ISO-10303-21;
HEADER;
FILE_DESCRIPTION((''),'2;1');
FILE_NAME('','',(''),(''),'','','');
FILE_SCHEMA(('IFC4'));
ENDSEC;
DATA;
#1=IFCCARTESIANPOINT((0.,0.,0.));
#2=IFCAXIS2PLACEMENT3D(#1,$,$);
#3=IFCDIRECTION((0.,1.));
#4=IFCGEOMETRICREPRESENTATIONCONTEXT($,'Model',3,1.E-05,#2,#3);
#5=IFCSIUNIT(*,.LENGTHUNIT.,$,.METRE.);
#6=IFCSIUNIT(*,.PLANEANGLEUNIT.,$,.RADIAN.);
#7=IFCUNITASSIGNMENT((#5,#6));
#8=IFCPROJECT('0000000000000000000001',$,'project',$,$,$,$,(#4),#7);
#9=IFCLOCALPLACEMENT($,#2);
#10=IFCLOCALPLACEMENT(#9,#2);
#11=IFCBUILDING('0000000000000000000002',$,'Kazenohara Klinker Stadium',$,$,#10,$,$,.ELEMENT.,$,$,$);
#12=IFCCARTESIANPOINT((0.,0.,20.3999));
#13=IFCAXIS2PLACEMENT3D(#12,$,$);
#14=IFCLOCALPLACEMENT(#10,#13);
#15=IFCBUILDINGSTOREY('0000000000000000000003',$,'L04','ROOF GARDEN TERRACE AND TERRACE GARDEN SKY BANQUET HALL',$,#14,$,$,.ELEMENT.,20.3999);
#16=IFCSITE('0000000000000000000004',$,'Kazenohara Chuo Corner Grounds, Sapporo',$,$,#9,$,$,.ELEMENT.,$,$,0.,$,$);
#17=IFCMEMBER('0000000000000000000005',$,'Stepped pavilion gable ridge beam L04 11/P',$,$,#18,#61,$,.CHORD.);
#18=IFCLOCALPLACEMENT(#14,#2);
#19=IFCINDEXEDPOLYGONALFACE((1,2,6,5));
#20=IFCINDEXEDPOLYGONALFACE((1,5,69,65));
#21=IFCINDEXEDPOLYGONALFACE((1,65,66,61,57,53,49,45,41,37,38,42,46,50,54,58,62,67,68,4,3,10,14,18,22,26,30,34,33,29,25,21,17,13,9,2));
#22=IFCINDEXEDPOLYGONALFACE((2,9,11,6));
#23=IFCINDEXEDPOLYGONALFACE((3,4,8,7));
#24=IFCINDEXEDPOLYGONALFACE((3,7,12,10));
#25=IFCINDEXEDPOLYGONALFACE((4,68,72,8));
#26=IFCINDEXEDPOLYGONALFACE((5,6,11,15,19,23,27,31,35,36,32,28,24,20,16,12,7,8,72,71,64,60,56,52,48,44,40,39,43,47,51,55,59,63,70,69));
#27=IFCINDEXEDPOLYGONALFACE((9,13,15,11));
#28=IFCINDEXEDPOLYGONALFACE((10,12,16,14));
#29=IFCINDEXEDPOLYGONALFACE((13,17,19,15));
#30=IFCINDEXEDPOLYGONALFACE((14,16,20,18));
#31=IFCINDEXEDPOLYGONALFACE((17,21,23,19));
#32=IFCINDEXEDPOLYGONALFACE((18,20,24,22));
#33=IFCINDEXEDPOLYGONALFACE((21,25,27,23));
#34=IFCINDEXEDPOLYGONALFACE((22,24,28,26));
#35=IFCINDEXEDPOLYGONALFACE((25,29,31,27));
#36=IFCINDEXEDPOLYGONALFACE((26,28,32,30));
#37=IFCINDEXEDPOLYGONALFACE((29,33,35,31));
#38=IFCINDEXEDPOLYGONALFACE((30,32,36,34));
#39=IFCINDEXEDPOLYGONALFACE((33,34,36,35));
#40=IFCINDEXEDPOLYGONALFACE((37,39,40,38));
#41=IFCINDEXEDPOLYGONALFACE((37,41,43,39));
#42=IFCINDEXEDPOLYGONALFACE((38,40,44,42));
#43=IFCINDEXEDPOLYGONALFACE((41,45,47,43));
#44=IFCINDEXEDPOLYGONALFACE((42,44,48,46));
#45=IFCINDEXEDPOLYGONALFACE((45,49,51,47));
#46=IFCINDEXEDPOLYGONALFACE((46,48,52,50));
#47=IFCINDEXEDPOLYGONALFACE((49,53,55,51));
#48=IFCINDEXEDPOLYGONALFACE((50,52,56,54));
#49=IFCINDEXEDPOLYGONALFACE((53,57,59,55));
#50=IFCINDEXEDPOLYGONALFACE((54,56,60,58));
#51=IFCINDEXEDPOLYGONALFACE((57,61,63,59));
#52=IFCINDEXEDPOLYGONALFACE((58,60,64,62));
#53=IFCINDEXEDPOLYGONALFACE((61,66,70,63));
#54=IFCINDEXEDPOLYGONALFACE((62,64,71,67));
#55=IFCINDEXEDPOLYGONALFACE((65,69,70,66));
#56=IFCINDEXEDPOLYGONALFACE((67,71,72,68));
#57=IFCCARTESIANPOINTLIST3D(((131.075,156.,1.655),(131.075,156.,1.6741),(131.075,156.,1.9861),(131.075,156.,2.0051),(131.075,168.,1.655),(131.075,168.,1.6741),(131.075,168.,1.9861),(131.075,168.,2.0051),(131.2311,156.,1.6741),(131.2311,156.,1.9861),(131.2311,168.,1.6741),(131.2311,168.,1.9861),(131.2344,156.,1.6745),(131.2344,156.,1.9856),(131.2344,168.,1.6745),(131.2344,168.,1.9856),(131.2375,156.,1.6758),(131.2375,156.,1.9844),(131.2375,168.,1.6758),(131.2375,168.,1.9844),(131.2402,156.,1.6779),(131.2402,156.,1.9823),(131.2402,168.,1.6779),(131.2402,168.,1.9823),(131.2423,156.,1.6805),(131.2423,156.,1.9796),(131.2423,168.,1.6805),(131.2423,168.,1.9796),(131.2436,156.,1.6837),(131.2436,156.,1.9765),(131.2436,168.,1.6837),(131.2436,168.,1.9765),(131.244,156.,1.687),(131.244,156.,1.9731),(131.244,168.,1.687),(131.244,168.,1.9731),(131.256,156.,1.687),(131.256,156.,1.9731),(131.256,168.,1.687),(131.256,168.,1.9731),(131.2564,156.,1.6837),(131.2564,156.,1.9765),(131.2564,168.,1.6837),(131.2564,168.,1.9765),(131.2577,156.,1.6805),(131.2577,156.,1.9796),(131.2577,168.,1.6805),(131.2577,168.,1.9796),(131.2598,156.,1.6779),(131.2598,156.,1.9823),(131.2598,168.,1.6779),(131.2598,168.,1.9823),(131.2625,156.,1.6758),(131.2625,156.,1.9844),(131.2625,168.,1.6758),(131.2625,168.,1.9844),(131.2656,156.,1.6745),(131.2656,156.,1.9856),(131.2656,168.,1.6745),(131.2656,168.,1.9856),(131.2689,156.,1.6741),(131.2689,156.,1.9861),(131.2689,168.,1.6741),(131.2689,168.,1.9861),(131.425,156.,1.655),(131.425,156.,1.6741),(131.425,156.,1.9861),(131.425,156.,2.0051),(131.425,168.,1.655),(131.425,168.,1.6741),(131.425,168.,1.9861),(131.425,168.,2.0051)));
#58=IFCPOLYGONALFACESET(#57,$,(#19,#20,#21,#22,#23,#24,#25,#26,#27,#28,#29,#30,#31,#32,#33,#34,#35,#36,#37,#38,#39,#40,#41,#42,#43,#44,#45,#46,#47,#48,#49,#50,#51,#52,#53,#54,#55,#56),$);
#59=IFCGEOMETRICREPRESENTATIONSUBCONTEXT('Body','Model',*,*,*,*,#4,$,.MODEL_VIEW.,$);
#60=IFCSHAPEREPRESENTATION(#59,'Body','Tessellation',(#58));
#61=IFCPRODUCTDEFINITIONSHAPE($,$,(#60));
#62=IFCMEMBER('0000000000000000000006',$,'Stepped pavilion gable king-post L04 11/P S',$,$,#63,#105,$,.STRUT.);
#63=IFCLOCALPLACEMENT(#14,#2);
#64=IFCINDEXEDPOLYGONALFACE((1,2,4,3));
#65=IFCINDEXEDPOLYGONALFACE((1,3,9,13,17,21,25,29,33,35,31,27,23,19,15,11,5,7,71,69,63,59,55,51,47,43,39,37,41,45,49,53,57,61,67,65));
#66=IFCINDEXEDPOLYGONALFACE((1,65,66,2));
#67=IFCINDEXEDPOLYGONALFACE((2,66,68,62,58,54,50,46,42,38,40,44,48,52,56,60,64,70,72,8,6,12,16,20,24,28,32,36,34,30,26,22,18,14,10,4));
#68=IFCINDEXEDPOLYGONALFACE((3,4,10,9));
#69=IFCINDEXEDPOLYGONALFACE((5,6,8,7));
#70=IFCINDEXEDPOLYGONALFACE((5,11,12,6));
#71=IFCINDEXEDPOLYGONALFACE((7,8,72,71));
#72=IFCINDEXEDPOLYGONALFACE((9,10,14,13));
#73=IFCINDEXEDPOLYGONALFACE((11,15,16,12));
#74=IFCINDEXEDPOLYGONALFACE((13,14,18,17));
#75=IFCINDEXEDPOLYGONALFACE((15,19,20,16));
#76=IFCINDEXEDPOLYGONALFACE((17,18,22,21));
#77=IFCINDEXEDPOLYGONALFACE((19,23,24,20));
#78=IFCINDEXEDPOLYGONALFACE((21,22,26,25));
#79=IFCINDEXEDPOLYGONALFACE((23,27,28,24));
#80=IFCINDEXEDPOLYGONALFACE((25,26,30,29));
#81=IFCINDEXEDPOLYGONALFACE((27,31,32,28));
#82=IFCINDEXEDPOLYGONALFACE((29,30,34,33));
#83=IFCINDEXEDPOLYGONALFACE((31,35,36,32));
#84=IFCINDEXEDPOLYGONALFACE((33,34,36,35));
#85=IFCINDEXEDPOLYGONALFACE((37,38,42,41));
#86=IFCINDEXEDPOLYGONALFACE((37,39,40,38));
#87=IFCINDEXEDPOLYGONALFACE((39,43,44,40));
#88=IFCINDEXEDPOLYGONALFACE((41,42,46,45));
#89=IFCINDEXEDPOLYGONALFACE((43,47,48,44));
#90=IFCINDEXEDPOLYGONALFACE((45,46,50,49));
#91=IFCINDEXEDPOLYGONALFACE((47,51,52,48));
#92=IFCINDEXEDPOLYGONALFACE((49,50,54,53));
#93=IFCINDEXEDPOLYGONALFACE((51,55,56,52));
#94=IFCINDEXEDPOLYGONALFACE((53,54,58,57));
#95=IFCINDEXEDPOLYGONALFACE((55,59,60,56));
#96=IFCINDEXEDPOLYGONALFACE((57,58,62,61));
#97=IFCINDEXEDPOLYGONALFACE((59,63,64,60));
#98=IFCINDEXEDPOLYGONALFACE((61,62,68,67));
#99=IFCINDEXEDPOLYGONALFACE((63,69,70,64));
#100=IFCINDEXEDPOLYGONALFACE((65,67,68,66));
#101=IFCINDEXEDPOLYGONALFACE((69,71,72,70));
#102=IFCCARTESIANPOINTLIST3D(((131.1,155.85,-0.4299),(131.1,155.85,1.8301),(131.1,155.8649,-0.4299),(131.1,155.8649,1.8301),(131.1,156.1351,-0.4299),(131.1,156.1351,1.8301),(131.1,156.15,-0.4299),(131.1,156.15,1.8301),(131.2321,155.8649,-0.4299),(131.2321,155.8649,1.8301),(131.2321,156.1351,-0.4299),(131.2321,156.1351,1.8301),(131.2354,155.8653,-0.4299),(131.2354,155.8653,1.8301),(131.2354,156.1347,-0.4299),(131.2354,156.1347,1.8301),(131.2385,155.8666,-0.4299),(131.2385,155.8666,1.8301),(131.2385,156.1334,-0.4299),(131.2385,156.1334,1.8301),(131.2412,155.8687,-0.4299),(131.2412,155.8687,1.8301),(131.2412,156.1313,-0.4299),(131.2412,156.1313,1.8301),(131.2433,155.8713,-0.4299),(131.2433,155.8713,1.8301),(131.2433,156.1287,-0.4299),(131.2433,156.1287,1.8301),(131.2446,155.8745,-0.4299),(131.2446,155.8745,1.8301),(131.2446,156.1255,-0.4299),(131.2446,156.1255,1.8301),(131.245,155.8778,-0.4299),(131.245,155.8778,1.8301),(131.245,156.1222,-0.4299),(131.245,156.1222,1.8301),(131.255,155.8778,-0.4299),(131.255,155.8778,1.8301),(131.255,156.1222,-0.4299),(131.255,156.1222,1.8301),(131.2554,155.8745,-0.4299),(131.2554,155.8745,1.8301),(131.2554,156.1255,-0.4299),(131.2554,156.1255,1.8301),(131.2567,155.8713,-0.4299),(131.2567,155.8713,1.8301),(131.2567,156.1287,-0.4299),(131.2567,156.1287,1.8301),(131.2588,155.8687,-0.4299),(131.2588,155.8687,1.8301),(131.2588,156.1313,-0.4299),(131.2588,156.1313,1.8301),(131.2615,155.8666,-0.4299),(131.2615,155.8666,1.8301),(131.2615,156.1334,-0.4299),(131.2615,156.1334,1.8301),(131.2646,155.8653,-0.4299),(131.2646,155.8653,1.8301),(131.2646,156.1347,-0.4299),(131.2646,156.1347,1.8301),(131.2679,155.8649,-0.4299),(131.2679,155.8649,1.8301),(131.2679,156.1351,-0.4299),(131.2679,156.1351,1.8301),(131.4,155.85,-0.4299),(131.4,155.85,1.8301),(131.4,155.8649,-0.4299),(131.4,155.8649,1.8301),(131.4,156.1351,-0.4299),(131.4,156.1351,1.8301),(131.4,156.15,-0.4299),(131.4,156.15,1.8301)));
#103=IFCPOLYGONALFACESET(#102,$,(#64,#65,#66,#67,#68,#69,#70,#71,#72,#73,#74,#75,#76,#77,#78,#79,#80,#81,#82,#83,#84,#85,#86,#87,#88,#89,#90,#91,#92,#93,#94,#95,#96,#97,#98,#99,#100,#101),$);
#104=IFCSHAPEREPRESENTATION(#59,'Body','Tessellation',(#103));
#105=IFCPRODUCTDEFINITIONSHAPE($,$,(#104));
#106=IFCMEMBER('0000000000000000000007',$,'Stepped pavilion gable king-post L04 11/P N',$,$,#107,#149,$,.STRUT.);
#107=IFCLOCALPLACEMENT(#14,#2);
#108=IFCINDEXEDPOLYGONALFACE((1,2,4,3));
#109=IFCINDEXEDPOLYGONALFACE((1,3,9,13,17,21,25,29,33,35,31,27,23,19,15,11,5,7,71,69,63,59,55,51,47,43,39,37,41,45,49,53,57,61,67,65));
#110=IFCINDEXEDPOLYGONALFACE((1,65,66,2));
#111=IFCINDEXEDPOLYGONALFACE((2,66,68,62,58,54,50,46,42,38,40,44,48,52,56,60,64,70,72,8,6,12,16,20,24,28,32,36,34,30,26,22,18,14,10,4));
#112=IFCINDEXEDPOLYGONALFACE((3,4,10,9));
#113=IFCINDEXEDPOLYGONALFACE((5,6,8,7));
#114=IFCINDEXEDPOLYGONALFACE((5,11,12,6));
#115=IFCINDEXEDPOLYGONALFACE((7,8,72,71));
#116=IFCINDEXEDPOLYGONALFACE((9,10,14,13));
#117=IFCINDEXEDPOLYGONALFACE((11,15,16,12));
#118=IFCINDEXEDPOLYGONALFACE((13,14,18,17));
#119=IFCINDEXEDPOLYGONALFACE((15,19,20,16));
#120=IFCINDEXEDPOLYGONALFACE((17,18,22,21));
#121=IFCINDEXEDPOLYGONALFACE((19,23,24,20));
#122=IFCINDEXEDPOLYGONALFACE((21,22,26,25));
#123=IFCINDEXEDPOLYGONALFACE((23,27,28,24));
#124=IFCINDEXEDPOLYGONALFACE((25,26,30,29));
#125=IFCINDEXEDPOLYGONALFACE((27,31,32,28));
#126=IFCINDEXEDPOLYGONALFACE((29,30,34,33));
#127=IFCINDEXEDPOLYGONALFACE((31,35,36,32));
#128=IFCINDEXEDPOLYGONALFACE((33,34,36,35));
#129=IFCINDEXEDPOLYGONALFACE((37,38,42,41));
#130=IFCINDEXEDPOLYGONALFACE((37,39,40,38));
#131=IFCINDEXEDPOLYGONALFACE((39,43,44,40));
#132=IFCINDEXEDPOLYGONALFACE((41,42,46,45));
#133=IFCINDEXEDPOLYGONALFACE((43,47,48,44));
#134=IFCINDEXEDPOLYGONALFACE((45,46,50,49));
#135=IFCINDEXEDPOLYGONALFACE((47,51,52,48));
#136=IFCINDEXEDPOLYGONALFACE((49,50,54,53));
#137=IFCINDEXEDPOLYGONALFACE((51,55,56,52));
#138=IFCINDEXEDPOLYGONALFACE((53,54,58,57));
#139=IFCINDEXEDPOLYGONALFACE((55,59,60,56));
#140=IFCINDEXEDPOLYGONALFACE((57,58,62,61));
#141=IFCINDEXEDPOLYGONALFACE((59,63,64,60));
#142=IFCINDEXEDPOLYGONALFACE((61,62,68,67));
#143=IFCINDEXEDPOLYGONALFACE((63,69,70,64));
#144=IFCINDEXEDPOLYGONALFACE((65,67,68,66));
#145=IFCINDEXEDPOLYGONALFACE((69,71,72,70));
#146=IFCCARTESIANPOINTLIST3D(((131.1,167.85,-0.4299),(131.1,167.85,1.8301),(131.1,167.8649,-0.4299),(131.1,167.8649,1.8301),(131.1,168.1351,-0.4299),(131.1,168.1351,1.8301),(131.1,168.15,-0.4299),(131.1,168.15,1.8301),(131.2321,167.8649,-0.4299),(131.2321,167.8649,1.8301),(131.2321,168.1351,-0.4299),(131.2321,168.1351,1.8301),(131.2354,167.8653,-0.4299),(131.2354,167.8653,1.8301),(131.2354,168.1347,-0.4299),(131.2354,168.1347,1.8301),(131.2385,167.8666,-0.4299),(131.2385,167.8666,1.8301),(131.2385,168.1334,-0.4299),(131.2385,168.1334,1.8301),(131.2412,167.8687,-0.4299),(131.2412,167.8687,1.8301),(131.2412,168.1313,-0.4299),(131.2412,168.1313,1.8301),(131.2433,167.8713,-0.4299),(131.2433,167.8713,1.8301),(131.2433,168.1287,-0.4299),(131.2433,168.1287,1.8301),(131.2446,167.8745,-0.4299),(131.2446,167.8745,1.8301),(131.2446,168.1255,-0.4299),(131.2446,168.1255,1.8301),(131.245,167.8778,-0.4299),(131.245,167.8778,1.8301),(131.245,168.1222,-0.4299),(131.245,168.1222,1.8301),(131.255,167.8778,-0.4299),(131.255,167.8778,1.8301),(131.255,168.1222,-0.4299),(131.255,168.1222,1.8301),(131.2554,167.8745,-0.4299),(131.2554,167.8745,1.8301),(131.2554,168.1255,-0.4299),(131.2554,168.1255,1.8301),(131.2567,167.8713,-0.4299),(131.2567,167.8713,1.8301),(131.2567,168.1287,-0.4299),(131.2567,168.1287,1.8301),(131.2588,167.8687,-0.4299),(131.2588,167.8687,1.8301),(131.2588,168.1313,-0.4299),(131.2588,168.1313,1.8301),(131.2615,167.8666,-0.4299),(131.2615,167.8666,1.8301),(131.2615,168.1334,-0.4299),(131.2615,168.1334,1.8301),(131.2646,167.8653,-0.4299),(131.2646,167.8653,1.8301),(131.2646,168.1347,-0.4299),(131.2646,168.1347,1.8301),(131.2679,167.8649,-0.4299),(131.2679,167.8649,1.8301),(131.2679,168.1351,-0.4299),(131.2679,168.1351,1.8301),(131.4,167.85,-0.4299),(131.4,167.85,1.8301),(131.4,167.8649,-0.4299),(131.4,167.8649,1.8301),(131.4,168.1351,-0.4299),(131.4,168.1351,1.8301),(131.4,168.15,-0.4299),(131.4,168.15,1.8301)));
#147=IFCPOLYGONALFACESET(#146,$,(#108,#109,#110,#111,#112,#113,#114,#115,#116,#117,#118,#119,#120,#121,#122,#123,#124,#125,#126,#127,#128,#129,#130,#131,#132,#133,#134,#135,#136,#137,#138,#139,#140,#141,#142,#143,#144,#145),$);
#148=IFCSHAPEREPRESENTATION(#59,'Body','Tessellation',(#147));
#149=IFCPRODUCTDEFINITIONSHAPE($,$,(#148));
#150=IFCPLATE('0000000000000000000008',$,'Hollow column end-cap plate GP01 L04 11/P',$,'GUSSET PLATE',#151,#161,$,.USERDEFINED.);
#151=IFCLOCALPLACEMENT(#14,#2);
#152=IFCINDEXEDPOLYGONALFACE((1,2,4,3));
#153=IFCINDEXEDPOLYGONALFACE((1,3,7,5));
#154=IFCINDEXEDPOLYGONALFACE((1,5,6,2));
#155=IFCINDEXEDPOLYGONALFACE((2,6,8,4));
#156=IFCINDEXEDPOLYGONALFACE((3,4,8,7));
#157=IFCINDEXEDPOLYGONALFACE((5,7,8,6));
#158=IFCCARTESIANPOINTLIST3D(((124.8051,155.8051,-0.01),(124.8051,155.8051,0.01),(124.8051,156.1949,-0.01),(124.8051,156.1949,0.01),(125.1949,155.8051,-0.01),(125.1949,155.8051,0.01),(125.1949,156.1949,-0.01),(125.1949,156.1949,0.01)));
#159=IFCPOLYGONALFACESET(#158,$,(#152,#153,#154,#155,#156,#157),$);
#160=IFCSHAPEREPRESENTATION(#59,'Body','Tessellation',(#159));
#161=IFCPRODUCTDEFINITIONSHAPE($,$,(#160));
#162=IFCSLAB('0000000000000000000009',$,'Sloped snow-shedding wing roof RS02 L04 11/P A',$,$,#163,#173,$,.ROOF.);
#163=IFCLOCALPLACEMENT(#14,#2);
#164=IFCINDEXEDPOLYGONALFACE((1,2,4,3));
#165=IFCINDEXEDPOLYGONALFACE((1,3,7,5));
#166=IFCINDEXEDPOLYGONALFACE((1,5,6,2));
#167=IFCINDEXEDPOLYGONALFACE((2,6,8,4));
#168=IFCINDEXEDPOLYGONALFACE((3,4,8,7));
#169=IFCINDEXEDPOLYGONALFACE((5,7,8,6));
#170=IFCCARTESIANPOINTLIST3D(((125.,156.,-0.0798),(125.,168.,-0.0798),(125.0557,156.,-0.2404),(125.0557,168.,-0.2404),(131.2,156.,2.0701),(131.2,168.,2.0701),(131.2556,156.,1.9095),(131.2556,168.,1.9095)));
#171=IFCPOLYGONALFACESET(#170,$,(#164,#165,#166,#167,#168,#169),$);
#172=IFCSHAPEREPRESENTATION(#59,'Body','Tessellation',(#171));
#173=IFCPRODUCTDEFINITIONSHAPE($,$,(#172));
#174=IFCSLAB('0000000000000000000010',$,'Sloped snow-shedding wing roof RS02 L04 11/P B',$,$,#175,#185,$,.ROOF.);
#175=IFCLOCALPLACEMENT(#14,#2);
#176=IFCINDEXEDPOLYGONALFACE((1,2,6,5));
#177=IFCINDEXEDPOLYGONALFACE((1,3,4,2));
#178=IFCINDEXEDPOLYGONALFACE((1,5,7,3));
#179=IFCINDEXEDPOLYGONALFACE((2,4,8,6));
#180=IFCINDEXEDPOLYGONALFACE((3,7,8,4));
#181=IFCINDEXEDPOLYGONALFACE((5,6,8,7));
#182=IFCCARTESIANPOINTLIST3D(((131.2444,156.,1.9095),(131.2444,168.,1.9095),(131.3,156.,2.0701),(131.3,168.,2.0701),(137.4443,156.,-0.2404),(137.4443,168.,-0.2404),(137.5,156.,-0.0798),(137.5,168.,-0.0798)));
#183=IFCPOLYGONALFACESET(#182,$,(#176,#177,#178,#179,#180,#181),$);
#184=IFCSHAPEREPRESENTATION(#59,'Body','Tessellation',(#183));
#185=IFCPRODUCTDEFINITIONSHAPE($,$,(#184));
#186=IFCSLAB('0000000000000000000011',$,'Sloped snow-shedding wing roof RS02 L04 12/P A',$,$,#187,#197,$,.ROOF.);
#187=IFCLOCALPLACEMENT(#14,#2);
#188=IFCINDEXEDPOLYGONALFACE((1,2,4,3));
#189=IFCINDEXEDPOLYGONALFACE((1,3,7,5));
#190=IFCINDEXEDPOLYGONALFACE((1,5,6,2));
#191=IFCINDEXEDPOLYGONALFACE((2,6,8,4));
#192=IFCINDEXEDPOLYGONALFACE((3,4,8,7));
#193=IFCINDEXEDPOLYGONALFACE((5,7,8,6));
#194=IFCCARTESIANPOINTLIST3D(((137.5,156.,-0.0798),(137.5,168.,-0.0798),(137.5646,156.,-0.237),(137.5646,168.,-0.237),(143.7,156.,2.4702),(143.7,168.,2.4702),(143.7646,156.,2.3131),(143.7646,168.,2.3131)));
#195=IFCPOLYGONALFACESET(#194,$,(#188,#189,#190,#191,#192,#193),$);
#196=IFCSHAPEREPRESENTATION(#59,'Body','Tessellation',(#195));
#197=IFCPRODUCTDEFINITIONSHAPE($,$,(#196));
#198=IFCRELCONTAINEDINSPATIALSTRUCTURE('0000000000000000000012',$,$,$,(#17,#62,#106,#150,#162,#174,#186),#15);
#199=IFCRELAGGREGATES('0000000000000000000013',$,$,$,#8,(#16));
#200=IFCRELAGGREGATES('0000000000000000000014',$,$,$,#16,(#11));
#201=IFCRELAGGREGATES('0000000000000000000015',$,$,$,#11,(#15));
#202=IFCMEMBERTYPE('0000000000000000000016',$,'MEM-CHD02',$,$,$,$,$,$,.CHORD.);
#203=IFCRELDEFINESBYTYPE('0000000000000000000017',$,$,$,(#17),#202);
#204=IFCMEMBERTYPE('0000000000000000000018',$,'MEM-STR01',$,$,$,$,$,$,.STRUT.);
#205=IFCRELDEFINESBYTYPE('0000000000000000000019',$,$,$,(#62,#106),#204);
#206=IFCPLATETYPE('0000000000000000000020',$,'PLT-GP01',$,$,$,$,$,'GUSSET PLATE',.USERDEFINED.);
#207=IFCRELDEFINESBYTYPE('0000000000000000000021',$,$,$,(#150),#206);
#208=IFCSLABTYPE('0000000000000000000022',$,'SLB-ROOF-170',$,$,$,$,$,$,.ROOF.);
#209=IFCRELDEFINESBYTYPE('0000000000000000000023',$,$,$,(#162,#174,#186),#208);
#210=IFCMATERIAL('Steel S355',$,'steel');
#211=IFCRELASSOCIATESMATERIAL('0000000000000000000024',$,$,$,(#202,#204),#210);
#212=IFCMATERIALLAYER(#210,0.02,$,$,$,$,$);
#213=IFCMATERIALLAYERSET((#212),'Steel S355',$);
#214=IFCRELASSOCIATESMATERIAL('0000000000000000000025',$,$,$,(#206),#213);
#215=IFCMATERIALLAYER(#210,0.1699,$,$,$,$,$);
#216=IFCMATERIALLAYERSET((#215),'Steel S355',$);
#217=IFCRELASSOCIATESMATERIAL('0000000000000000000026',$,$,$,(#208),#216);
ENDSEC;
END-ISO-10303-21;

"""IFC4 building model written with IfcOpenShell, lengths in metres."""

from ifc_helpers import new_model, si_unit, direction, frame, origin, origin_2d, place, context, subcontext, project, spatial, polyline, rectangle, i_section, outline, extrude, material, layer, layer_set, material_profile, profile_set, type_object, element, save


model = new_model("IFC4")

# Units and contexts
model_context = context("Model", 3, precision=1e-05, world=origin(), true_north=direction((0.0, 1.0)))
body_context = subcontext(model_context, "Body", "Model", "MODEL_VIEW")
ifc_project = project(units=[si_unit("LENGTHUNIT", "METRE"), si_unit("PLANEANGLEUNIT", "RADIAN")], contexts=[model_context])

# Site, building, storey
site_placement = place(None, origin())
site = spatial("IfcSite", under=ifc_project, at=site_placement, Name="Kazenohara Chuo Corner Grounds, Sapporo", CompositionType="ELEMENT", RefElevation=0.0)
building_placement = place(site_placement, origin())
building = spatial("IfcBuilding", under=site, at=building_placement, Name="Kazenohara Klinker Stadium", CompositionType="ELEMENT")
storey_placement = place(building_placement, frame((0.0, 0.0, 20.3999)))
storey = spatial("IfcBuildingStorey", under=building, at=storey_placement, Name="L04", Description="ROOF GARDEN TERRACE AND TERRACE GARDEN SKY BANQUET HALL", CompositionType="ELEMENT", Elevation=20.3999)

# Shared definitions
ifc_material_1 = material(Name="Steel S355", Category="steel")

# Members
ifc_material_profile_1 = material_profile(ifc_material_1, i_section(OverallWidth=0.3501, OverallDepth=0.3501, WebThickness=0.012, FlangeThickness=0.019, FilletRadius=0.0129, at=origin_2d()), Name="H-350x350x12x19")
ifc_profile_set_1 = profile_set([ifc_material_profile_1], Name="Steel S355")
member_type_1 = type_object("IfcMemberType", Name="MEM-CHD02", PredefinedType="CHORD", material=ifc_profile_set_1)
member_placement = place(storey_placement, frame((131.25, 156.0, 1.8301), z_axis=(0.0, 1.0, 0.0), x_axis=(-1.0, 0.0, 0.0)))
element("IfcMember", 1, at=member_placement, inside=storey, type_object=member_type_1, Name="Stepped pavilion gable ridge beam L04 11/P", PredefinedType="CHORD", context=body_context, shape_type="SweptSolid", body=[
    extrude(i_section(OverallWidth=0.3501, OverallDepth=0.3501, WebThickness=0.012, FlangeThickness=0.019, FilletRadius=0.0129, at=origin_2d()), origin(), (0.0, 0.0, 1.0), 12.0),
])
ifc_material_profile_2 = material_profile(ifc_material_1, i_section(OverallWidth=0.3, OverallDepth=0.3, WebThickness=0.01, FlangeThickness=0.0149, FilletRadius=0.0129, at=origin_2d()), Name="H-300x300x10x15")
ifc_profile_set_2 = profile_set([ifc_material_profile_2], Name="Steel S355")
member_type_2 = type_object("IfcMemberType", Name="MEM-STR01", PredefinedType="STRUT", material=ifc_profile_set_2)
for number, where, z_axis, x_axis, name in (
    (2, (131.25, 156.0, -0.4299), (0.0, 0.0, 1.0), (1.0, 0.0, 0.0), "Stepped pavilion gable king-post L04 11/P S"),
    (3, (131.25, 168.0, -0.4299), (0.0, 0.0, 1.0), (1.0, 0.0, 0.0), "Stepped pavilion gable king-post L04 11/P N"),
):
    element("IfcMember", number, at=place(storey_placement, frame(where, z_axis=z_axis, x_axis=x_axis)), inside=storey, type_object=member_type_2, Name=name, PredefinedType="STRUT", context=body_context, shape_type="SweptSolid", body=[
        extrude(i_section(OverallWidth=0.3, OverallDepth=0.3, WebThickness=0.01, FlangeThickness=0.0149, FilletRadius=0.0129, at=origin_2d()), origin(), (0.0, 0.0, 1.0), 2.26),
    ])

# Plate
ifc_layer_1 = layer(ifc_material_1, 0.02)
ifc_layer_set_1 = layer_set([ifc_layer_1], Name="Steel S355")
plate_type = type_object("IfcPlateType", Name="PLT-GP01", ElementType="GUSSET PLATE", PredefinedType="USERDEFINED", material=ifc_layer_set_1)
plate_placement = place(storey_placement, frame((125.0, 156.0, -0.01), z_axis=(0.0, 0.0, 1.0), x_axis=(1.0, 0.0, 0.0)))
element("IfcPlate", 4, at=plate_placement, inside=storey, type_object=plate_type, Name="Hollow column end-cap plate GP01 L04 11/P", ObjectType="GUSSET PLATE", PredefinedType="USERDEFINED", context=body_context, shape_type="SweptSolid", body=[
    extrude(rectangle(XDim=0.3899, YDim=0.3899, at=origin_2d()), origin(), (0.0, 0.0, 1.0), 0.02),
])

# Slabs
ifc_layer_2 = layer(ifc_material_1, 0.1699)
ifc_layer_set_2 = layer_set([ifc_layer_2], Name="Steel S355")
slab_type = type_object("IfcSlabType", Name="SLB-ROOF-170", PredefinedType="ROOF", material=ifc_layer_set_2)
for number, where, z_axis, x_axis, name in (
    (5, (125.0, 156.0, -0.0798), (-0.327623, 0.0, 0.944809), (0.944809, 0.0, 0.327623), "Sloped snow-shedding wing roof RS02 L04 11/P A"),
    (6, (131.3, 156.0, 2.0701), (0.327623, 0.0, 0.944809), (0.944809, 0.0, -0.327623), "Sloped snow-shedding wing roof RS02 L04 11/P B"),
):
    element("IfcSlab", number, at=place(storey_placement, frame(where, z_axis=z_axis, x_axis=x_axis)), inside=storey, type_object=slab_type, Name=name, PredefinedType="ROOF", context=body_context, shape_type="SweptSolid", body=[
        extrude(outline(polyline([(0.0, 0.0), (6.5621, 0.0), (6.5621, 12.0), (0.0, 12.0), (0.0, 0.0)])), origin(), (0.0, 0.0, -1.0), 0.1699),
    ])
slab_placement = place(storey_placement, frame((137.5, 156.0, -0.0798), z_axis=(-0.380383, 0.0, 0.924829), x_axis=(0.924829, 0.0, 0.380383)))
element("IfcSlab", 7, at=slab_placement, inside=storey, type_object=slab_type, Name="Sloped snow-shedding wing roof RS02 L04 12/P A", PredefinedType="ROOF", context=body_context, shape_type="SweptSolid", body=[
    extrude(outline(polyline([(0.0, 0.0), (6.7039, 0.0), (6.7039, 12.0), (0.0, 12.0), (0.0, 0.0)])), origin(), (0.0, 0.0, -1.0), 0.1699),
])

save(model, "model.ifc")
